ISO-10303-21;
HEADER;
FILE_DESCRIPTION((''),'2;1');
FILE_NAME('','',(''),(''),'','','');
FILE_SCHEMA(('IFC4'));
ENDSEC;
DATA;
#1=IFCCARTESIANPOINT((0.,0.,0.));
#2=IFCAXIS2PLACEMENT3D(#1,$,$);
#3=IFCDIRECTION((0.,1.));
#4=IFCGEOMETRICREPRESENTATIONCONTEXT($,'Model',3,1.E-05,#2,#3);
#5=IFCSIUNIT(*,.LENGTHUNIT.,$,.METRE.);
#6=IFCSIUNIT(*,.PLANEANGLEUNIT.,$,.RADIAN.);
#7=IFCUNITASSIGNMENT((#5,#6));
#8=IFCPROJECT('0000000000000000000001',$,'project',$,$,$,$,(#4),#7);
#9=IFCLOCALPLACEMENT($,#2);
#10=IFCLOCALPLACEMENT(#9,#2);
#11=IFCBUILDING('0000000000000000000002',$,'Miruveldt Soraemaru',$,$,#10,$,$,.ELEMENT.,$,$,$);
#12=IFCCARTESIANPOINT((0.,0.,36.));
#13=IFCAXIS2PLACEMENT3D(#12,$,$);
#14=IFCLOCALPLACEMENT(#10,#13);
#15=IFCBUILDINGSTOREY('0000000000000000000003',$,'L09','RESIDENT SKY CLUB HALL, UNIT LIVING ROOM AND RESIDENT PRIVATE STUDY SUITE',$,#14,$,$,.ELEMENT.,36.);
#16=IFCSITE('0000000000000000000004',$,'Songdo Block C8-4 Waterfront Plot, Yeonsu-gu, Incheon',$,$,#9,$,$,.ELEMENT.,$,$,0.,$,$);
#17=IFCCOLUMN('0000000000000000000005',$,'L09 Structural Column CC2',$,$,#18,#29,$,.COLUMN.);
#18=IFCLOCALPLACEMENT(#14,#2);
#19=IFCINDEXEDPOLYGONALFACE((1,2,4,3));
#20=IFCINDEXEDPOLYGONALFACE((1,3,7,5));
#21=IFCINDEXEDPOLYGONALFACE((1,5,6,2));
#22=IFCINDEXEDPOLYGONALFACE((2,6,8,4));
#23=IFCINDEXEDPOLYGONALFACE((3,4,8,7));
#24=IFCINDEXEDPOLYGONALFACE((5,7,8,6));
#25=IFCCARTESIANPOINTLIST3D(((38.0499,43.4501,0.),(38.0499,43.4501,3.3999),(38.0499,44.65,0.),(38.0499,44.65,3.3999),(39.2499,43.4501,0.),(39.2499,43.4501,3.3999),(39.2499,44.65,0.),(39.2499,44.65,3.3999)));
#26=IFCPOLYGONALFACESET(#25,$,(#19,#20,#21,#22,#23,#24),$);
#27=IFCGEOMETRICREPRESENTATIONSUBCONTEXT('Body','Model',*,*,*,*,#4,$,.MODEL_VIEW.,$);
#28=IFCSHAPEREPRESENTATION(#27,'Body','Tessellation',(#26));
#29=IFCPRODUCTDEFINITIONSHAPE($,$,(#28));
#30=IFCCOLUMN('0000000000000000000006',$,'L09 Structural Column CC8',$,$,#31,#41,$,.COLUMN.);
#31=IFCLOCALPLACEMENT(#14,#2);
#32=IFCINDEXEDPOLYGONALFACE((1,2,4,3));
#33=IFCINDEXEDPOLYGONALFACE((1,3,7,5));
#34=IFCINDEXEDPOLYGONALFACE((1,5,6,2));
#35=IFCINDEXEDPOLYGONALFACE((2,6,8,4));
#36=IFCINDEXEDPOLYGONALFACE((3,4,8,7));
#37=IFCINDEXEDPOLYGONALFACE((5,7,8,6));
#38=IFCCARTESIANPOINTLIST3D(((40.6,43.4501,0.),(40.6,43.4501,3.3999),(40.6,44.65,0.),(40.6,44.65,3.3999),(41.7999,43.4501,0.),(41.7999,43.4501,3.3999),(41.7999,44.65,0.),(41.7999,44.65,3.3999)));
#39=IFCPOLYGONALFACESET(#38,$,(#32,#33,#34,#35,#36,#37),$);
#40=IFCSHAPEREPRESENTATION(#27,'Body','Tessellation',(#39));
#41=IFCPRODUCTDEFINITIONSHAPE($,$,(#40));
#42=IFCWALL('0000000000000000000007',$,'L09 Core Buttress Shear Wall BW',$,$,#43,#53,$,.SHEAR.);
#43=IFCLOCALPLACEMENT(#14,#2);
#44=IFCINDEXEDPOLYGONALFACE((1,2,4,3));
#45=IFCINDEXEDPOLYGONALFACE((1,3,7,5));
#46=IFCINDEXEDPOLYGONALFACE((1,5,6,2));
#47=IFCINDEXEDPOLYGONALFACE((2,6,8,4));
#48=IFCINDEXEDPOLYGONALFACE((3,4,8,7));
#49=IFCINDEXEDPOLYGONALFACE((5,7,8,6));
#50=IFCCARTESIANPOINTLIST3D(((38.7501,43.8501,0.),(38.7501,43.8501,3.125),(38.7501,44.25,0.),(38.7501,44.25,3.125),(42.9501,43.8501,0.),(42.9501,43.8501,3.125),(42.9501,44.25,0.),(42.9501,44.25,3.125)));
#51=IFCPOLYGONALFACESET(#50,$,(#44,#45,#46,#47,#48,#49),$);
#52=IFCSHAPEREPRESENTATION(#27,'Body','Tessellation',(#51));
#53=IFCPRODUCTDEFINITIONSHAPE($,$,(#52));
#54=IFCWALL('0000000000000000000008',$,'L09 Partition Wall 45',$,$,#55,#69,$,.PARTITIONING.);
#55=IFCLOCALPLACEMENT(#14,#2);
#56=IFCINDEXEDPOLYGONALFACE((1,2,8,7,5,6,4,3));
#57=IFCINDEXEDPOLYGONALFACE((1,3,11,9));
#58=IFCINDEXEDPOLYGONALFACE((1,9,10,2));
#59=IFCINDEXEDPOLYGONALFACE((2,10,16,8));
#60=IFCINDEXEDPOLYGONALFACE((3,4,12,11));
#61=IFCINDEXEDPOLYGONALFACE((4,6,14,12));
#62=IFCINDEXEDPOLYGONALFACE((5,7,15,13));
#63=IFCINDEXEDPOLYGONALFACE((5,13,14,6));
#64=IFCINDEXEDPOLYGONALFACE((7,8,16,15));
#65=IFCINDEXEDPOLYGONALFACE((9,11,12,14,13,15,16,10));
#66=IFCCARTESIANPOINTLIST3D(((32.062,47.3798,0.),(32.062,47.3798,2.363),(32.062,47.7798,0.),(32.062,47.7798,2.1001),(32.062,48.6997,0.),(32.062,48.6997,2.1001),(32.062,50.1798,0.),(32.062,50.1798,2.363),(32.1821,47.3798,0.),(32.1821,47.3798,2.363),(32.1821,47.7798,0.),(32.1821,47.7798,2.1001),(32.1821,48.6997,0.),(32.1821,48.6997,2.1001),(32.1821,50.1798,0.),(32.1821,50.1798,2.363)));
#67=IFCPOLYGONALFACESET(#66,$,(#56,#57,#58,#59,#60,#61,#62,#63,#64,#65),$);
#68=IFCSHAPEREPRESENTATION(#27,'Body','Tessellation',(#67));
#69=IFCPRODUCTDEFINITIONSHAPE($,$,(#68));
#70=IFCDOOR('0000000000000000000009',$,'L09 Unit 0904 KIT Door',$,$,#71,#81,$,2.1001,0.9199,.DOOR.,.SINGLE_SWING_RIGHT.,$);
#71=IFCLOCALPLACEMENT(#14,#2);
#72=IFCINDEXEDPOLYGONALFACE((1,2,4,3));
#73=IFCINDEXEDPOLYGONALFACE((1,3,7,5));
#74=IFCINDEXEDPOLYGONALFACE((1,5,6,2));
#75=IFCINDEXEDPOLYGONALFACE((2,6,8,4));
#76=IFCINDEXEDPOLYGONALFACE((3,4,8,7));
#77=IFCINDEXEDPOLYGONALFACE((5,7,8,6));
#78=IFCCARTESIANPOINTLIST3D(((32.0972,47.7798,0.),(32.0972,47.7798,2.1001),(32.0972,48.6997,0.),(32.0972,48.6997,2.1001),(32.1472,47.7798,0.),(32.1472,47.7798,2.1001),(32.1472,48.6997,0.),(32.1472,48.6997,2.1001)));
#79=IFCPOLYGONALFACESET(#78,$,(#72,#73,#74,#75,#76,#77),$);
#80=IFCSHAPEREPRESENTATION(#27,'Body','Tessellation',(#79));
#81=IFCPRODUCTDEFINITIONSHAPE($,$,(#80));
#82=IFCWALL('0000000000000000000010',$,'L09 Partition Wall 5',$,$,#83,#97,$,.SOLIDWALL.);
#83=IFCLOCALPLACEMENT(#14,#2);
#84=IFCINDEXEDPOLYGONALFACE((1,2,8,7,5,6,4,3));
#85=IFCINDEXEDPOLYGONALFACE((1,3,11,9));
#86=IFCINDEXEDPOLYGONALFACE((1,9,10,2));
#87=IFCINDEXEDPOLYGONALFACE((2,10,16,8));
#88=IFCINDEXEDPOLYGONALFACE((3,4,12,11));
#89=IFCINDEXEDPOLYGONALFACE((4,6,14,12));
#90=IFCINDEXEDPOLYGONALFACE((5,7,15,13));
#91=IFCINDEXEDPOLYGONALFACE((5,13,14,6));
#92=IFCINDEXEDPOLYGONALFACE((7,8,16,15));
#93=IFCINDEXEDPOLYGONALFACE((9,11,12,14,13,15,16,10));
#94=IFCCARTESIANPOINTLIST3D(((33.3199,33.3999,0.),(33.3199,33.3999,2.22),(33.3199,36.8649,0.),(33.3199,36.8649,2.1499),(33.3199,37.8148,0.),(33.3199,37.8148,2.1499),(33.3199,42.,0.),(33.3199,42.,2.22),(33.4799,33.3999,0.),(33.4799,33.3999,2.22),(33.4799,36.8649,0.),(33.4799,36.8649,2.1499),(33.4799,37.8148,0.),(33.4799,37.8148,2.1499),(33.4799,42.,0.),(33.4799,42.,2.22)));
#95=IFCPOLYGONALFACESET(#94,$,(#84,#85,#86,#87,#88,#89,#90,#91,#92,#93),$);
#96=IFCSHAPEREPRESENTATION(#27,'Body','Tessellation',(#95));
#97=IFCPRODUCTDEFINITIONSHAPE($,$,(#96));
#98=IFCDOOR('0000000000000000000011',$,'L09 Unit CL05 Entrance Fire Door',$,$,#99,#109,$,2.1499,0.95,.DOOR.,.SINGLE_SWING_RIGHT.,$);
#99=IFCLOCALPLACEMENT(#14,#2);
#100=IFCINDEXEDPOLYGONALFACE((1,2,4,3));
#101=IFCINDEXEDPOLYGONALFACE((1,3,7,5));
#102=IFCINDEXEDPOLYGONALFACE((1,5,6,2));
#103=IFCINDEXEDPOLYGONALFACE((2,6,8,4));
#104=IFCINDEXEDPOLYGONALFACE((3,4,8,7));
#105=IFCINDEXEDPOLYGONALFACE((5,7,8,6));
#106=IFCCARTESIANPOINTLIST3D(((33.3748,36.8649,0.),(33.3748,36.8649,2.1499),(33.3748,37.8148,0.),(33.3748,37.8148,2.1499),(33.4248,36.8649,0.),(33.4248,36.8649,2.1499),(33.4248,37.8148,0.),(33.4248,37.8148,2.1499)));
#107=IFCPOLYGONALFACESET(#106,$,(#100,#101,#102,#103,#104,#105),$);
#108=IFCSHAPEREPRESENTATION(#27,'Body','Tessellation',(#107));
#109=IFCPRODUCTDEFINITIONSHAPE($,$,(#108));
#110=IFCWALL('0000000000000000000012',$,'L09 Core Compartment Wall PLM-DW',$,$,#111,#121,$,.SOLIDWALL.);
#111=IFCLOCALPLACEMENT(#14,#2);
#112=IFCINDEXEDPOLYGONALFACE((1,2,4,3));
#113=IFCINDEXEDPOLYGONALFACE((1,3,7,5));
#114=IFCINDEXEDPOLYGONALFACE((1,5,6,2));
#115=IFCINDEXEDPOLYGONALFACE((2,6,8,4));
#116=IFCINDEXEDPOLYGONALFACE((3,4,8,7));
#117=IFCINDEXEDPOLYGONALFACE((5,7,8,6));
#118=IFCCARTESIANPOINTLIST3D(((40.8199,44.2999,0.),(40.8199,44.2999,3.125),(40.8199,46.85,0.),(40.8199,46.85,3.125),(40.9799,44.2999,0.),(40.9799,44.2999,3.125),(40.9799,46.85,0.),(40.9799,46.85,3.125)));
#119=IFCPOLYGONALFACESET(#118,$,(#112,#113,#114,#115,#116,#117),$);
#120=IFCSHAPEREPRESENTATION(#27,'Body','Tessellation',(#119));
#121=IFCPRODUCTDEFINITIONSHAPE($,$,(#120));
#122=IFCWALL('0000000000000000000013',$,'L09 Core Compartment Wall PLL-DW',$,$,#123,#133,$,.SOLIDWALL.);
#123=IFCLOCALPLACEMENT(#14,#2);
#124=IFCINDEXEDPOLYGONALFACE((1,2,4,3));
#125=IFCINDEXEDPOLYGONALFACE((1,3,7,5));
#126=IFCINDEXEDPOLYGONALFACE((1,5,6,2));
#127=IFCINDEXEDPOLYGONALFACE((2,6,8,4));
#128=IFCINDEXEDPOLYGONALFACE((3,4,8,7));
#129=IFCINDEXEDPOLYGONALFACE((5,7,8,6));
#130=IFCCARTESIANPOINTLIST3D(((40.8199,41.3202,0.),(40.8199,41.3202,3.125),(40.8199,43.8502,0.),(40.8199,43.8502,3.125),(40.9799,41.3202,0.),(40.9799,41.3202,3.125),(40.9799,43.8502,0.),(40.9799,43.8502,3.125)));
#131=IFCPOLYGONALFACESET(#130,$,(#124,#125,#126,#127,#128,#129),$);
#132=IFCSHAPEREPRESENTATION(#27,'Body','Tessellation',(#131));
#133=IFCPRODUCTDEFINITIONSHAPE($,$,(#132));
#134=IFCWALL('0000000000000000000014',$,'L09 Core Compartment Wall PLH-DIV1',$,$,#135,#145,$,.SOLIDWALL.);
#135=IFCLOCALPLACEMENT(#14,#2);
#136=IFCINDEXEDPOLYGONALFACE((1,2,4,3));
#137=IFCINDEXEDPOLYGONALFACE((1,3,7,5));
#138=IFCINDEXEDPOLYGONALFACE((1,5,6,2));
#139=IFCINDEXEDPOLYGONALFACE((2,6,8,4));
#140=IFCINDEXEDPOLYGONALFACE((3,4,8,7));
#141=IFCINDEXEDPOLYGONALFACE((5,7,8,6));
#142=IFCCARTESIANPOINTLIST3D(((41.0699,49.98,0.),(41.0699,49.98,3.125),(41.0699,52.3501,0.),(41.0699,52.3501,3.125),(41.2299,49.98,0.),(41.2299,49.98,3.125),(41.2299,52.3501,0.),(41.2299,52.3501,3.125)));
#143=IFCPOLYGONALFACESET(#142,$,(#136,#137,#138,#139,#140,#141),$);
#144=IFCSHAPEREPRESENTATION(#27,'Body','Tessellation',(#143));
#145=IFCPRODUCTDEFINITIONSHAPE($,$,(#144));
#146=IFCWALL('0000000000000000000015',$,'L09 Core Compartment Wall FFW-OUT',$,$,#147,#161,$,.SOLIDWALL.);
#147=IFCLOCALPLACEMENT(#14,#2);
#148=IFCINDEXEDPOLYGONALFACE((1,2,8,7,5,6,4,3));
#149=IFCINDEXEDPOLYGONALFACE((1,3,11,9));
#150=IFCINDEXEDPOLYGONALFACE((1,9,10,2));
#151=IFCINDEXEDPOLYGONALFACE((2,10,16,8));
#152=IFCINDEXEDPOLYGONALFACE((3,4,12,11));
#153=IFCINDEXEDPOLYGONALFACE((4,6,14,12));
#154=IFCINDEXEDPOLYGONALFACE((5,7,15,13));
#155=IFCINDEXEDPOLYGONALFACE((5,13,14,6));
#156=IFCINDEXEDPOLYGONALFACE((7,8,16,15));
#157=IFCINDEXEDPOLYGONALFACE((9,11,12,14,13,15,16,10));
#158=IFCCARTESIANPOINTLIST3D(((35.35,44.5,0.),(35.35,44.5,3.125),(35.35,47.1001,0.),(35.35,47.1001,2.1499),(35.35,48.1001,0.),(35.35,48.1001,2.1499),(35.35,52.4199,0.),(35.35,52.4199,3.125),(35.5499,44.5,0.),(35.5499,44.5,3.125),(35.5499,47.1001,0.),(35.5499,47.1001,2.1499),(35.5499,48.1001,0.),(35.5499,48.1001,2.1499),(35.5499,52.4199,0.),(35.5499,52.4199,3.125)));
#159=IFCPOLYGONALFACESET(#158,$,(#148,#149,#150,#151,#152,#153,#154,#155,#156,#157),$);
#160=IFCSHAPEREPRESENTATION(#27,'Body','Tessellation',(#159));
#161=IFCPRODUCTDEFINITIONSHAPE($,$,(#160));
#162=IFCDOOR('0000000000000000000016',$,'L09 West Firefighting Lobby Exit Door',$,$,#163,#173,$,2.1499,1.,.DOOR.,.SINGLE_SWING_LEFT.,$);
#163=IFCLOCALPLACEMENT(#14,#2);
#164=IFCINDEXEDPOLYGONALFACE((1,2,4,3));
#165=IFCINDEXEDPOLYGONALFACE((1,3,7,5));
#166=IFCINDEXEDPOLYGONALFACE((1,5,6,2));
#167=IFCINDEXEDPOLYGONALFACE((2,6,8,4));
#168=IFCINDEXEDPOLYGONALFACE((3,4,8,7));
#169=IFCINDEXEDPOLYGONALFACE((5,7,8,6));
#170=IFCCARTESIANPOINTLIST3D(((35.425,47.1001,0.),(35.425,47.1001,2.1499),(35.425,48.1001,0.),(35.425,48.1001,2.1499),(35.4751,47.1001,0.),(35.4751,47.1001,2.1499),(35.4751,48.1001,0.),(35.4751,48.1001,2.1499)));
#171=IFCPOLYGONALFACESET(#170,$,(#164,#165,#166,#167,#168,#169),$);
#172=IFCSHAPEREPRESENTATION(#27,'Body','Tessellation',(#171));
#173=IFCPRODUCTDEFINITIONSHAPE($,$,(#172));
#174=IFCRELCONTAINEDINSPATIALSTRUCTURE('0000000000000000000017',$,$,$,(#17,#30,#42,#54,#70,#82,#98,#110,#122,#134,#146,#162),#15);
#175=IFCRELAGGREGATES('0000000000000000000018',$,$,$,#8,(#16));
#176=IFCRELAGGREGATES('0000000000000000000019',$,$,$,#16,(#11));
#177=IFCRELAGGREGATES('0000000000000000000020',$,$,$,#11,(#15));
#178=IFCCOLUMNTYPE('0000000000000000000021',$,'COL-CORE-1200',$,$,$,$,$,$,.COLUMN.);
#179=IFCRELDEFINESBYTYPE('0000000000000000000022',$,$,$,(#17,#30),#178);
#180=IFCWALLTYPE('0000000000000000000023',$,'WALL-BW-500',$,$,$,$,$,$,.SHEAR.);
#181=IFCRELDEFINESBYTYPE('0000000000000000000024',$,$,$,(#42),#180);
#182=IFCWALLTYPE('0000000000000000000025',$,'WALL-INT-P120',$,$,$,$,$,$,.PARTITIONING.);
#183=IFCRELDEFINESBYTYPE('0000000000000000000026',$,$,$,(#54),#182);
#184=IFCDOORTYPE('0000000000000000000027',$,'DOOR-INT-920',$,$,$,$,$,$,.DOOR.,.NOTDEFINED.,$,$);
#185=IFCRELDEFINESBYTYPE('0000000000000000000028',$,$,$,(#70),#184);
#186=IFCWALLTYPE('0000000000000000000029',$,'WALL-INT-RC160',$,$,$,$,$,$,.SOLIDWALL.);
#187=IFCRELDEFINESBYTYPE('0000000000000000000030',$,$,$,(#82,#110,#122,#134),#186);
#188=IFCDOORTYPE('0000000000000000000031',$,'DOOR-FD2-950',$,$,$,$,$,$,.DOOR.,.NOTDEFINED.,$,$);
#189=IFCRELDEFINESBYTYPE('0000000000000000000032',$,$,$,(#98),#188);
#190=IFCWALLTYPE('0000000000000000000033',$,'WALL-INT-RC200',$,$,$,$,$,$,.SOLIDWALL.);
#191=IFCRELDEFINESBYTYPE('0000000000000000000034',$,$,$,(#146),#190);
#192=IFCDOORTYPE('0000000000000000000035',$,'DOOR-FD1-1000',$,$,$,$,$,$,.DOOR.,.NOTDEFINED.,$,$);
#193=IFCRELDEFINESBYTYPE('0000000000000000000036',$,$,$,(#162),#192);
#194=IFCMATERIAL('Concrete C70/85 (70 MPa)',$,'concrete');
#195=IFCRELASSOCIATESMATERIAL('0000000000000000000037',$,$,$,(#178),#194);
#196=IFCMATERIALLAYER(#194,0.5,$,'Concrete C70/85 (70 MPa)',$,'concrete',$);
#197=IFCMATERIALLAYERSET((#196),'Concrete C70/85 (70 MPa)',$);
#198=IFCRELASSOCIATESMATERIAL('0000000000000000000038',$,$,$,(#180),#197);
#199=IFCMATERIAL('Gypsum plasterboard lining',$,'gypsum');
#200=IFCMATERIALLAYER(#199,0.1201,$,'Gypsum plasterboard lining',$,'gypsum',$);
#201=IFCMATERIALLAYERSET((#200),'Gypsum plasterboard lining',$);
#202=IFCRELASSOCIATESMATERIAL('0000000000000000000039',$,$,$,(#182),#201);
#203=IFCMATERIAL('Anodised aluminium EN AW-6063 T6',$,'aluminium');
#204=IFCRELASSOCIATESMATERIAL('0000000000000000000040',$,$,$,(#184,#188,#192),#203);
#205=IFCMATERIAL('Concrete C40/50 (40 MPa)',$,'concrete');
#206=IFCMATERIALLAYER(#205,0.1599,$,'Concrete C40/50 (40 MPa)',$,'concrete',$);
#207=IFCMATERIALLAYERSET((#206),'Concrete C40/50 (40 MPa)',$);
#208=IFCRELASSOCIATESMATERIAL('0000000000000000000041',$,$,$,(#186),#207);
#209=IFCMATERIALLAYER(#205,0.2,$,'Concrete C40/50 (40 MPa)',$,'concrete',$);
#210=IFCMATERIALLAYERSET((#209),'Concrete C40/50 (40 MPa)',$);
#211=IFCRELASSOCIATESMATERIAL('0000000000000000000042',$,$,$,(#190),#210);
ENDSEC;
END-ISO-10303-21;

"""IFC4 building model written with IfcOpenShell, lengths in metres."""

from ifc_helpers import new_model, si_unit, direction, frame, frame_2d, origin, origin_2d, place, context, subcontext, project, spatial, rectangle, extrude, material, layer, layer_set, material_profile, profile_set, type_object, element, fill, save


model = new_model("IFC4")

# Units and contexts
model_context = context("Model", 3, precision=1e-05, world=origin(), true_north=direction((0.0, 1.0)))
body_context = subcontext(model_context, "Body", "Model", "MODEL_VIEW")
ifc_project = project(units=[si_unit("LENGTHUNIT", "METRE"), si_unit("PLANEANGLEUNIT", "RADIAN")], contexts=[model_context])

# Site, building, storey
site_placement = place(None, origin())
site = spatial("IfcSite", under=ifc_project, at=site_placement, Name="Songdo Block C8-4 Waterfront Plot, Yeonsu-gu, Incheon", CompositionType="ELEMENT", RefElevation=0.0)
building_placement = place(site_placement, origin())
building = spatial("IfcBuilding", under=site, at=building_placement, Name="Miruveldt Soraemaru", CompositionType="ELEMENT")
storey_placement = place(building_placement, frame((0.0, 0.0, 36.0)))
storey = spatial("IfcBuildingStorey", under=building, at=storey_placement, Name="L09", Description="RESIDENT SKY CLUB HALL, UNIT LIVING ROOM AND RESIDENT PRIVATE STUDY SUITE", CompositionType="ELEMENT", Elevation=36.0)

# Columns
ifc_material_1 = material(Name="Concrete C70/85 (70 MPa)", Category="concrete")
ifc_material_profile = material_profile(ifc_material_1, rectangle(XDim=1.2, YDim=1.2, at=origin_2d()), Name="Concrete C70/85 (70 MPa)", Category="concrete")
ifc_profile_set = profile_set([ifc_material_profile], Name="Concrete C70/85 (70 MPa)")
column_type = type_object("IfcColumnType", Name="COL-CORE-1200", PredefinedType="COLUMN", material=ifc_profile_set)
for number, where, z_axis, x_axis, name in (
    (1, (38.6499, 44.05, 0.0), (0.0, 0.0, 1.0), (1.0, 0.0, 0.0), "L09 Structural Column CC2"),
    (2, (41.2, 44.05, 0.0), (0.0, 0.0, 1.0), (1.0, 0.0, 0.0), "L09 Structural Column CC8"),
):
    element("IfcColumn", number, at=place(storey_placement, frame(where, z_axis=z_axis, x_axis=x_axis)), inside=storey, type_object=column_type, Name=name, PredefinedType="COLUMN", context=body_context, shape_type="SweptSolid", body=[
        extrude(rectangle(XDim=1.2, YDim=1.2, at=origin_2d()), origin(), (0.0, 0.0, 1.0), 3.3999),
    ])

# Wall
ifc_layer_1 = layer(ifc_material_1, 0.5, Name="Concrete C70/85 (70 MPa)", Category="concrete")
ifc_layer_set_1 = layer_set([ifc_layer_1], Name="Concrete C70/85 (70 MPa)")
wall_type_1 = type_object("IfcWallType", Name="WALL-BW-500", PredefinedType="SHEAR", material=ifc_layer_set_1)
wall_1_placement = place(storey_placement, frame((38.75, 44.05, 0.0), z_axis=(0.0, 0.0, 1.0), x_axis=(1.0, 0.0, 0.0)))
element("IfcWall", 3, at=wall_1_placement, inside=storey, type_object=wall_type_1, Name="L09 Core Buttress Shear Wall BW", PredefinedType="SHEAR", context=body_context, shape_type="SweptSolid", body=[
    extrude(rectangle(XDim=4.2, YDim=0.3999, at=frame_2d((2.1001, 0.0))), origin(), (0.0, 0.0, 1.0), 3.125),
])

# Walls, openings, doors
ifc_material_2 = material(Name="Gypsum plasterboard lining", Category="gypsum")
ifc_layer_2 = layer(ifc_material_2, 0.1201, Name="Gypsum plasterboard lining", Category="gypsum")
ifc_layer_set_2 = layer_set([ifc_layer_2], Name="Gypsum plasterboard lining")
wall_type_2 = type_object("IfcWallType", Name="WALL-INT-P120", PredefinedType="PARTITIONING", material=ifc_layer_set_2)
wall_2_placement = place(storey_placement, frame((32.1221, 47.3799, 0.0), z_axis=(0.0, 0.0, 1.0), x_axis=(0.0, 1.0, 0.0)))
wall_2 = element("IfcWall", 4, at=wall_2_placement, inside=storey, type_object=wall_type_2, Name="L09 Partition Wall 45", PredefinedType="PARTITIONING", context=body_context, shape_type="SweptSolid", body=[
    extrude(rectangle(XDim=2.8, YDim=0.1201, at=frame_2d((1.3999, 0.0))), origin(), (0.0, 0.0, 1.0), 2.363),
])
opening_1_placement = place(wall_2_placement, frame((0.3999, 0.0, 0.0)))
opening_1 = element("IfcOpeningElement", 5, at=opening_1_placement, cuts=wall_2, PredefinedType="OPENING", context=body_context, shape_type="SweptSolid", body=[
    extrude(rectangle(XDim=0.9199, YDim=2.1001, at=frame_2d((0.46, 1.05))), frame((0.0, 0.0701, 0.0), z_axis=(0.0, -1.0, 0.0), x_axis=(1.0, 0.0, 0.0)), (0.0, 0.0, 1.0), 0.1401),
])
ifc_material_3 = material(Name="Anodised aluminium EN AW-6063 T6", Category="aluminium")
door_type_1 = type_object("IfcDoorType", Name="DOOR-INT-920", OperationType="NOTDEFINED", PredefinedType="DOOR", material=ifc_material_3)
door_1_placement = place(opening_1_placement, origin())
door_1 = element("IfcDoor", 6, at=door_1_placement, inside=storey, type_object=door_type_1, Name="L09 Unit 0904 KIT Door", OperationType="SINGLE_SWING_RIGHT", OverallHeight=2.1001, OverallWidth=0.9199, PredefinedType="DOOR", context=body_context, shape_type="SweptSolid", body=[
    extrude(rectangle(XDim=0.9199, YDim=2.1001, at=frame_2d((0.46, 1.05))), frame((0.0, 0.0249, 0.0), z_axis=(0.0, -1.0, 0.0), x_axis=(1.0, 0.0, 0.0)), (0.0, 0.0, 1.0), 0.05),
])
fill(opening_1, door_1)
ifc_material_4 = material(Name="Concrete C40/50 (40 MPa)", Category="concrete")
ifc_layer_3 = layer(ifc_material_4, 0.1599, Name="Concrete C40/50 (40 MPa)", Category="concrete")
ifc_layer_set_3 = layer_set([ifc_layer_3], Name="Concrete C40/50 (40 MPa)")
wall_type_3 = type_object("IfcWallType", Name="WALL-INT-RC160", PredefinedType="SOLIDWALL", material=ifc_layer_set_3)
wall_3_placement = place(storey_placement, frame((33.3999, 42.0, 0.0), z_axis=(0.0, 0.0, 1.0), x_axis=(0.0, -1.0, 0.0)))
wall_3 = element("IfcWall", 7, at=wall_3_placement, inside=storey, type_object=wall_type_3, Name="L09 Partition Wall 5", PredefinedType="SOLIDWALL", context=body_context, shape_type="SweptSolid", body=[
    extrude(rectangle(XDim=8.6001, YDim=0.1599, at=frame_2d((4.3, 0.0))), origin(), (0.0, 0.0, 1.0), 2.22),
])
opening_2_placement = place(wall_3_placement, frame((4.1851, 0.0, 0.0)))
opening_2 = element("IfcOpeningElement", 8, at=opening_2_placement, cuts=wall_3, PredefinedType="OPENING", context=body_context, shape_type="SweptSolid", body=[
    extrude(rectangle(XDim=0.95, YDim=2.1499, at=frame_2d((0.4751, 1.075))), frame((0.0, 0.0898, 0.0), z_axis=(0.0, -1.0, 0.0), x_axis=(1.0, 0.0, 0.0)), (0.0, 0.0, 1.0), 0.1799),
])
door_type_2 = type_object("IfcDoorType", Name="DOOR-FD2-950", OperationType="NOTDEFINED", PredefinedType="DOOR", material=ifc_material_3)
door_2_placement = place(opening_2_placement, origin())
door_2 = element("IfcDoor", 9, at=door_2_placement, inside=storey, type_object=door_type_2, Name="L09 Unit CL05 Entrance Fire Door", OperationType="SINGLE_SWING_RIGHT", OverallHeight=2.1499, OverallWidth=0.95, PredefinedType="DOOR", context=body_context, shape_type="SweptSolid", body=[
    extrude(rectangle(XDim=0.95, YDim=2.1499, at=frame_2d((0.4751, 1.075))), frame((0.0, 0.0249, 0.0), z_axis=(0.0, -1.0, 0.0), x_axis=(1.0, 0.0, 0.0)), (0.0, 0.0, 1.0), 0.05),
])
fill(opening_2, door_2)

# Walls
wall_4_placement = place(storey_placement, frame((40.8999, 44.3, 0.0), z_axis=(0.0, 0.0, 1.0), x_axis=(0.0, 1.0, 0.0)))
element("IfcWall", 10, at=wall_4_placement, inside=storey, type_object=wall_type_3, Name="L09 Core Compartment Wall PLM-DW", PredefinedType="SOLIDWALL", context=body_context, shape_type="SweptSolid", body=[
    extrude(rectangle(XDim=2.55, YDim=0.1599, at=frame_2d((1.2749, 0.0))), origin(), (0.0, 0.0, 1.0), 3.125),
])
wall_5_placement = place(storey_placement, frame((40.8999, 41.3201, 0.0), z_axis=(0.0, 0.0, 1.0), x_axis=(0.0, 1.0, 0.0)))
element("IfcWall", 11, at=wall_5_placement, inside=storey, type_object=wall_type_3, Name="L09 Core Compartment Wall PLL-DW", PredefinedType="SOLIDWALL", context=body_context, shape_type="SweptSolid", body=[
    extrude(rectangle(XDim=2.53, YDim=0.1599, at=frame_2d((1.2651, 0.0))), origin(), (0.0, 0.0, 1.0), 3.125),
])
wall_6_placement = place(storey_placement, frame((41.1499, 49.98, 0.0), z_axis=(0.0, 0.0, 1.0), x_axis=(0.0, 1.0, 0.0)))
element("IfcWall", 12, at=wall_6_placement, inside=storey, type_object=wall_type_3, Name="L09 Core Compartment Wall PLH-DIV1", PredefinedType="SOLIDWALL", context=body_context, shape_type="SweptSolid", body=[
    extrude(rectangle(XDim=2.3701, YDim=0.1599, at=frame_2d((1.1851, 0.0))), origin(), (0.0, 0.0, 1.0), 3.125),
])

# Wall, opening, door
ifc_layer_4 = layer(ifc_material_4, 0.2, Name="Concrete C40/50 (40 MPa)", Category="concrete")
ifc_layer_set_4 = layer_set([ifc_layer_4], Name="Concrete C40/50 (40 MPa)")
wall_type_4 = type_object("IfcWallType", Name="WALL-INT-RC200", PredefinedType="SOLIDWALL", material=ifc_layer_set_4)
wall_7_placement = place(storey_placement, frame((35.45, 44.5, 0.0), z_axis=(0.0, 0.0, 1.0), x_axis=(0.0, 1.0, 0.0)))
wall_7 = element("IfcWall", 13, at=wall_7_placement, inside=storey, type_object=wall_type_4, Name="L09 Core Compartment Wall FFW-OUT", PredefinedType="SOLIDWALL", context=body_context, shape_type="SweptSolid", body=[
    extrude(rectangle(XDim=7.9199, YDim=0.2, at=frame_2d((3.96, 0.0))), origin(), (0.0, 0.0, 1.0), 3.125),
])
opening_3_placement = place(wall_7_placement, frame((2.6001, 0.0, 0.0)))
opening_3 = element("IfcOpeningElement", 14, at=opening_3_placement, cuts=wall_7, PredefinedType="OPENING", context=body_context, shape_type="SweptSolid", body=[
    extrude(rectangle(XDim=1.0, YDim=2.1499, at=frame_2d((0.5, 1.075))), frame((0.0, 0.1099, 0.0), z_axis=(0.0, -1.0, 0.0), x_axis=(1.0, 0.0, 0.0)), (0.0, 0.0, 1.0), 0.22),
])
door_type_3 = type_object("IfcDoorType", Name="DOOR-FD1-1000", OperationType="NOTDEFINED", PredefinedType="DOOR", material=ifc_material_3)
door_3_placement = place(opening_3_placement, origin())
door_3 = element("IfcDoor", 15, at=door_3_placement, inside=storey, type_object=door_type_3, Name="L09 West Firefighting Lobby Exit Door", OperationType="SINGLE_SWING_LEFT", OverallHeight=2.1499, OverallWidth=1.0, PredefinedType="DOOR", context=body_context, shape_type="SweptSolid", body=[
    extrude(rectangle(XDim=1.0, YDim=2.1499, at=frame_2d((0.5, 1.075))), frame((0.0, 0.0249, 0.0), z_axis=(0.0, -1.0, 0.0), x_axis=(1.0, 0.0, 0.0)), (0.0, 0.0, 1.0), 0.05),
])
fill(opening_3, door_3)

save(model, "model.ifc")
